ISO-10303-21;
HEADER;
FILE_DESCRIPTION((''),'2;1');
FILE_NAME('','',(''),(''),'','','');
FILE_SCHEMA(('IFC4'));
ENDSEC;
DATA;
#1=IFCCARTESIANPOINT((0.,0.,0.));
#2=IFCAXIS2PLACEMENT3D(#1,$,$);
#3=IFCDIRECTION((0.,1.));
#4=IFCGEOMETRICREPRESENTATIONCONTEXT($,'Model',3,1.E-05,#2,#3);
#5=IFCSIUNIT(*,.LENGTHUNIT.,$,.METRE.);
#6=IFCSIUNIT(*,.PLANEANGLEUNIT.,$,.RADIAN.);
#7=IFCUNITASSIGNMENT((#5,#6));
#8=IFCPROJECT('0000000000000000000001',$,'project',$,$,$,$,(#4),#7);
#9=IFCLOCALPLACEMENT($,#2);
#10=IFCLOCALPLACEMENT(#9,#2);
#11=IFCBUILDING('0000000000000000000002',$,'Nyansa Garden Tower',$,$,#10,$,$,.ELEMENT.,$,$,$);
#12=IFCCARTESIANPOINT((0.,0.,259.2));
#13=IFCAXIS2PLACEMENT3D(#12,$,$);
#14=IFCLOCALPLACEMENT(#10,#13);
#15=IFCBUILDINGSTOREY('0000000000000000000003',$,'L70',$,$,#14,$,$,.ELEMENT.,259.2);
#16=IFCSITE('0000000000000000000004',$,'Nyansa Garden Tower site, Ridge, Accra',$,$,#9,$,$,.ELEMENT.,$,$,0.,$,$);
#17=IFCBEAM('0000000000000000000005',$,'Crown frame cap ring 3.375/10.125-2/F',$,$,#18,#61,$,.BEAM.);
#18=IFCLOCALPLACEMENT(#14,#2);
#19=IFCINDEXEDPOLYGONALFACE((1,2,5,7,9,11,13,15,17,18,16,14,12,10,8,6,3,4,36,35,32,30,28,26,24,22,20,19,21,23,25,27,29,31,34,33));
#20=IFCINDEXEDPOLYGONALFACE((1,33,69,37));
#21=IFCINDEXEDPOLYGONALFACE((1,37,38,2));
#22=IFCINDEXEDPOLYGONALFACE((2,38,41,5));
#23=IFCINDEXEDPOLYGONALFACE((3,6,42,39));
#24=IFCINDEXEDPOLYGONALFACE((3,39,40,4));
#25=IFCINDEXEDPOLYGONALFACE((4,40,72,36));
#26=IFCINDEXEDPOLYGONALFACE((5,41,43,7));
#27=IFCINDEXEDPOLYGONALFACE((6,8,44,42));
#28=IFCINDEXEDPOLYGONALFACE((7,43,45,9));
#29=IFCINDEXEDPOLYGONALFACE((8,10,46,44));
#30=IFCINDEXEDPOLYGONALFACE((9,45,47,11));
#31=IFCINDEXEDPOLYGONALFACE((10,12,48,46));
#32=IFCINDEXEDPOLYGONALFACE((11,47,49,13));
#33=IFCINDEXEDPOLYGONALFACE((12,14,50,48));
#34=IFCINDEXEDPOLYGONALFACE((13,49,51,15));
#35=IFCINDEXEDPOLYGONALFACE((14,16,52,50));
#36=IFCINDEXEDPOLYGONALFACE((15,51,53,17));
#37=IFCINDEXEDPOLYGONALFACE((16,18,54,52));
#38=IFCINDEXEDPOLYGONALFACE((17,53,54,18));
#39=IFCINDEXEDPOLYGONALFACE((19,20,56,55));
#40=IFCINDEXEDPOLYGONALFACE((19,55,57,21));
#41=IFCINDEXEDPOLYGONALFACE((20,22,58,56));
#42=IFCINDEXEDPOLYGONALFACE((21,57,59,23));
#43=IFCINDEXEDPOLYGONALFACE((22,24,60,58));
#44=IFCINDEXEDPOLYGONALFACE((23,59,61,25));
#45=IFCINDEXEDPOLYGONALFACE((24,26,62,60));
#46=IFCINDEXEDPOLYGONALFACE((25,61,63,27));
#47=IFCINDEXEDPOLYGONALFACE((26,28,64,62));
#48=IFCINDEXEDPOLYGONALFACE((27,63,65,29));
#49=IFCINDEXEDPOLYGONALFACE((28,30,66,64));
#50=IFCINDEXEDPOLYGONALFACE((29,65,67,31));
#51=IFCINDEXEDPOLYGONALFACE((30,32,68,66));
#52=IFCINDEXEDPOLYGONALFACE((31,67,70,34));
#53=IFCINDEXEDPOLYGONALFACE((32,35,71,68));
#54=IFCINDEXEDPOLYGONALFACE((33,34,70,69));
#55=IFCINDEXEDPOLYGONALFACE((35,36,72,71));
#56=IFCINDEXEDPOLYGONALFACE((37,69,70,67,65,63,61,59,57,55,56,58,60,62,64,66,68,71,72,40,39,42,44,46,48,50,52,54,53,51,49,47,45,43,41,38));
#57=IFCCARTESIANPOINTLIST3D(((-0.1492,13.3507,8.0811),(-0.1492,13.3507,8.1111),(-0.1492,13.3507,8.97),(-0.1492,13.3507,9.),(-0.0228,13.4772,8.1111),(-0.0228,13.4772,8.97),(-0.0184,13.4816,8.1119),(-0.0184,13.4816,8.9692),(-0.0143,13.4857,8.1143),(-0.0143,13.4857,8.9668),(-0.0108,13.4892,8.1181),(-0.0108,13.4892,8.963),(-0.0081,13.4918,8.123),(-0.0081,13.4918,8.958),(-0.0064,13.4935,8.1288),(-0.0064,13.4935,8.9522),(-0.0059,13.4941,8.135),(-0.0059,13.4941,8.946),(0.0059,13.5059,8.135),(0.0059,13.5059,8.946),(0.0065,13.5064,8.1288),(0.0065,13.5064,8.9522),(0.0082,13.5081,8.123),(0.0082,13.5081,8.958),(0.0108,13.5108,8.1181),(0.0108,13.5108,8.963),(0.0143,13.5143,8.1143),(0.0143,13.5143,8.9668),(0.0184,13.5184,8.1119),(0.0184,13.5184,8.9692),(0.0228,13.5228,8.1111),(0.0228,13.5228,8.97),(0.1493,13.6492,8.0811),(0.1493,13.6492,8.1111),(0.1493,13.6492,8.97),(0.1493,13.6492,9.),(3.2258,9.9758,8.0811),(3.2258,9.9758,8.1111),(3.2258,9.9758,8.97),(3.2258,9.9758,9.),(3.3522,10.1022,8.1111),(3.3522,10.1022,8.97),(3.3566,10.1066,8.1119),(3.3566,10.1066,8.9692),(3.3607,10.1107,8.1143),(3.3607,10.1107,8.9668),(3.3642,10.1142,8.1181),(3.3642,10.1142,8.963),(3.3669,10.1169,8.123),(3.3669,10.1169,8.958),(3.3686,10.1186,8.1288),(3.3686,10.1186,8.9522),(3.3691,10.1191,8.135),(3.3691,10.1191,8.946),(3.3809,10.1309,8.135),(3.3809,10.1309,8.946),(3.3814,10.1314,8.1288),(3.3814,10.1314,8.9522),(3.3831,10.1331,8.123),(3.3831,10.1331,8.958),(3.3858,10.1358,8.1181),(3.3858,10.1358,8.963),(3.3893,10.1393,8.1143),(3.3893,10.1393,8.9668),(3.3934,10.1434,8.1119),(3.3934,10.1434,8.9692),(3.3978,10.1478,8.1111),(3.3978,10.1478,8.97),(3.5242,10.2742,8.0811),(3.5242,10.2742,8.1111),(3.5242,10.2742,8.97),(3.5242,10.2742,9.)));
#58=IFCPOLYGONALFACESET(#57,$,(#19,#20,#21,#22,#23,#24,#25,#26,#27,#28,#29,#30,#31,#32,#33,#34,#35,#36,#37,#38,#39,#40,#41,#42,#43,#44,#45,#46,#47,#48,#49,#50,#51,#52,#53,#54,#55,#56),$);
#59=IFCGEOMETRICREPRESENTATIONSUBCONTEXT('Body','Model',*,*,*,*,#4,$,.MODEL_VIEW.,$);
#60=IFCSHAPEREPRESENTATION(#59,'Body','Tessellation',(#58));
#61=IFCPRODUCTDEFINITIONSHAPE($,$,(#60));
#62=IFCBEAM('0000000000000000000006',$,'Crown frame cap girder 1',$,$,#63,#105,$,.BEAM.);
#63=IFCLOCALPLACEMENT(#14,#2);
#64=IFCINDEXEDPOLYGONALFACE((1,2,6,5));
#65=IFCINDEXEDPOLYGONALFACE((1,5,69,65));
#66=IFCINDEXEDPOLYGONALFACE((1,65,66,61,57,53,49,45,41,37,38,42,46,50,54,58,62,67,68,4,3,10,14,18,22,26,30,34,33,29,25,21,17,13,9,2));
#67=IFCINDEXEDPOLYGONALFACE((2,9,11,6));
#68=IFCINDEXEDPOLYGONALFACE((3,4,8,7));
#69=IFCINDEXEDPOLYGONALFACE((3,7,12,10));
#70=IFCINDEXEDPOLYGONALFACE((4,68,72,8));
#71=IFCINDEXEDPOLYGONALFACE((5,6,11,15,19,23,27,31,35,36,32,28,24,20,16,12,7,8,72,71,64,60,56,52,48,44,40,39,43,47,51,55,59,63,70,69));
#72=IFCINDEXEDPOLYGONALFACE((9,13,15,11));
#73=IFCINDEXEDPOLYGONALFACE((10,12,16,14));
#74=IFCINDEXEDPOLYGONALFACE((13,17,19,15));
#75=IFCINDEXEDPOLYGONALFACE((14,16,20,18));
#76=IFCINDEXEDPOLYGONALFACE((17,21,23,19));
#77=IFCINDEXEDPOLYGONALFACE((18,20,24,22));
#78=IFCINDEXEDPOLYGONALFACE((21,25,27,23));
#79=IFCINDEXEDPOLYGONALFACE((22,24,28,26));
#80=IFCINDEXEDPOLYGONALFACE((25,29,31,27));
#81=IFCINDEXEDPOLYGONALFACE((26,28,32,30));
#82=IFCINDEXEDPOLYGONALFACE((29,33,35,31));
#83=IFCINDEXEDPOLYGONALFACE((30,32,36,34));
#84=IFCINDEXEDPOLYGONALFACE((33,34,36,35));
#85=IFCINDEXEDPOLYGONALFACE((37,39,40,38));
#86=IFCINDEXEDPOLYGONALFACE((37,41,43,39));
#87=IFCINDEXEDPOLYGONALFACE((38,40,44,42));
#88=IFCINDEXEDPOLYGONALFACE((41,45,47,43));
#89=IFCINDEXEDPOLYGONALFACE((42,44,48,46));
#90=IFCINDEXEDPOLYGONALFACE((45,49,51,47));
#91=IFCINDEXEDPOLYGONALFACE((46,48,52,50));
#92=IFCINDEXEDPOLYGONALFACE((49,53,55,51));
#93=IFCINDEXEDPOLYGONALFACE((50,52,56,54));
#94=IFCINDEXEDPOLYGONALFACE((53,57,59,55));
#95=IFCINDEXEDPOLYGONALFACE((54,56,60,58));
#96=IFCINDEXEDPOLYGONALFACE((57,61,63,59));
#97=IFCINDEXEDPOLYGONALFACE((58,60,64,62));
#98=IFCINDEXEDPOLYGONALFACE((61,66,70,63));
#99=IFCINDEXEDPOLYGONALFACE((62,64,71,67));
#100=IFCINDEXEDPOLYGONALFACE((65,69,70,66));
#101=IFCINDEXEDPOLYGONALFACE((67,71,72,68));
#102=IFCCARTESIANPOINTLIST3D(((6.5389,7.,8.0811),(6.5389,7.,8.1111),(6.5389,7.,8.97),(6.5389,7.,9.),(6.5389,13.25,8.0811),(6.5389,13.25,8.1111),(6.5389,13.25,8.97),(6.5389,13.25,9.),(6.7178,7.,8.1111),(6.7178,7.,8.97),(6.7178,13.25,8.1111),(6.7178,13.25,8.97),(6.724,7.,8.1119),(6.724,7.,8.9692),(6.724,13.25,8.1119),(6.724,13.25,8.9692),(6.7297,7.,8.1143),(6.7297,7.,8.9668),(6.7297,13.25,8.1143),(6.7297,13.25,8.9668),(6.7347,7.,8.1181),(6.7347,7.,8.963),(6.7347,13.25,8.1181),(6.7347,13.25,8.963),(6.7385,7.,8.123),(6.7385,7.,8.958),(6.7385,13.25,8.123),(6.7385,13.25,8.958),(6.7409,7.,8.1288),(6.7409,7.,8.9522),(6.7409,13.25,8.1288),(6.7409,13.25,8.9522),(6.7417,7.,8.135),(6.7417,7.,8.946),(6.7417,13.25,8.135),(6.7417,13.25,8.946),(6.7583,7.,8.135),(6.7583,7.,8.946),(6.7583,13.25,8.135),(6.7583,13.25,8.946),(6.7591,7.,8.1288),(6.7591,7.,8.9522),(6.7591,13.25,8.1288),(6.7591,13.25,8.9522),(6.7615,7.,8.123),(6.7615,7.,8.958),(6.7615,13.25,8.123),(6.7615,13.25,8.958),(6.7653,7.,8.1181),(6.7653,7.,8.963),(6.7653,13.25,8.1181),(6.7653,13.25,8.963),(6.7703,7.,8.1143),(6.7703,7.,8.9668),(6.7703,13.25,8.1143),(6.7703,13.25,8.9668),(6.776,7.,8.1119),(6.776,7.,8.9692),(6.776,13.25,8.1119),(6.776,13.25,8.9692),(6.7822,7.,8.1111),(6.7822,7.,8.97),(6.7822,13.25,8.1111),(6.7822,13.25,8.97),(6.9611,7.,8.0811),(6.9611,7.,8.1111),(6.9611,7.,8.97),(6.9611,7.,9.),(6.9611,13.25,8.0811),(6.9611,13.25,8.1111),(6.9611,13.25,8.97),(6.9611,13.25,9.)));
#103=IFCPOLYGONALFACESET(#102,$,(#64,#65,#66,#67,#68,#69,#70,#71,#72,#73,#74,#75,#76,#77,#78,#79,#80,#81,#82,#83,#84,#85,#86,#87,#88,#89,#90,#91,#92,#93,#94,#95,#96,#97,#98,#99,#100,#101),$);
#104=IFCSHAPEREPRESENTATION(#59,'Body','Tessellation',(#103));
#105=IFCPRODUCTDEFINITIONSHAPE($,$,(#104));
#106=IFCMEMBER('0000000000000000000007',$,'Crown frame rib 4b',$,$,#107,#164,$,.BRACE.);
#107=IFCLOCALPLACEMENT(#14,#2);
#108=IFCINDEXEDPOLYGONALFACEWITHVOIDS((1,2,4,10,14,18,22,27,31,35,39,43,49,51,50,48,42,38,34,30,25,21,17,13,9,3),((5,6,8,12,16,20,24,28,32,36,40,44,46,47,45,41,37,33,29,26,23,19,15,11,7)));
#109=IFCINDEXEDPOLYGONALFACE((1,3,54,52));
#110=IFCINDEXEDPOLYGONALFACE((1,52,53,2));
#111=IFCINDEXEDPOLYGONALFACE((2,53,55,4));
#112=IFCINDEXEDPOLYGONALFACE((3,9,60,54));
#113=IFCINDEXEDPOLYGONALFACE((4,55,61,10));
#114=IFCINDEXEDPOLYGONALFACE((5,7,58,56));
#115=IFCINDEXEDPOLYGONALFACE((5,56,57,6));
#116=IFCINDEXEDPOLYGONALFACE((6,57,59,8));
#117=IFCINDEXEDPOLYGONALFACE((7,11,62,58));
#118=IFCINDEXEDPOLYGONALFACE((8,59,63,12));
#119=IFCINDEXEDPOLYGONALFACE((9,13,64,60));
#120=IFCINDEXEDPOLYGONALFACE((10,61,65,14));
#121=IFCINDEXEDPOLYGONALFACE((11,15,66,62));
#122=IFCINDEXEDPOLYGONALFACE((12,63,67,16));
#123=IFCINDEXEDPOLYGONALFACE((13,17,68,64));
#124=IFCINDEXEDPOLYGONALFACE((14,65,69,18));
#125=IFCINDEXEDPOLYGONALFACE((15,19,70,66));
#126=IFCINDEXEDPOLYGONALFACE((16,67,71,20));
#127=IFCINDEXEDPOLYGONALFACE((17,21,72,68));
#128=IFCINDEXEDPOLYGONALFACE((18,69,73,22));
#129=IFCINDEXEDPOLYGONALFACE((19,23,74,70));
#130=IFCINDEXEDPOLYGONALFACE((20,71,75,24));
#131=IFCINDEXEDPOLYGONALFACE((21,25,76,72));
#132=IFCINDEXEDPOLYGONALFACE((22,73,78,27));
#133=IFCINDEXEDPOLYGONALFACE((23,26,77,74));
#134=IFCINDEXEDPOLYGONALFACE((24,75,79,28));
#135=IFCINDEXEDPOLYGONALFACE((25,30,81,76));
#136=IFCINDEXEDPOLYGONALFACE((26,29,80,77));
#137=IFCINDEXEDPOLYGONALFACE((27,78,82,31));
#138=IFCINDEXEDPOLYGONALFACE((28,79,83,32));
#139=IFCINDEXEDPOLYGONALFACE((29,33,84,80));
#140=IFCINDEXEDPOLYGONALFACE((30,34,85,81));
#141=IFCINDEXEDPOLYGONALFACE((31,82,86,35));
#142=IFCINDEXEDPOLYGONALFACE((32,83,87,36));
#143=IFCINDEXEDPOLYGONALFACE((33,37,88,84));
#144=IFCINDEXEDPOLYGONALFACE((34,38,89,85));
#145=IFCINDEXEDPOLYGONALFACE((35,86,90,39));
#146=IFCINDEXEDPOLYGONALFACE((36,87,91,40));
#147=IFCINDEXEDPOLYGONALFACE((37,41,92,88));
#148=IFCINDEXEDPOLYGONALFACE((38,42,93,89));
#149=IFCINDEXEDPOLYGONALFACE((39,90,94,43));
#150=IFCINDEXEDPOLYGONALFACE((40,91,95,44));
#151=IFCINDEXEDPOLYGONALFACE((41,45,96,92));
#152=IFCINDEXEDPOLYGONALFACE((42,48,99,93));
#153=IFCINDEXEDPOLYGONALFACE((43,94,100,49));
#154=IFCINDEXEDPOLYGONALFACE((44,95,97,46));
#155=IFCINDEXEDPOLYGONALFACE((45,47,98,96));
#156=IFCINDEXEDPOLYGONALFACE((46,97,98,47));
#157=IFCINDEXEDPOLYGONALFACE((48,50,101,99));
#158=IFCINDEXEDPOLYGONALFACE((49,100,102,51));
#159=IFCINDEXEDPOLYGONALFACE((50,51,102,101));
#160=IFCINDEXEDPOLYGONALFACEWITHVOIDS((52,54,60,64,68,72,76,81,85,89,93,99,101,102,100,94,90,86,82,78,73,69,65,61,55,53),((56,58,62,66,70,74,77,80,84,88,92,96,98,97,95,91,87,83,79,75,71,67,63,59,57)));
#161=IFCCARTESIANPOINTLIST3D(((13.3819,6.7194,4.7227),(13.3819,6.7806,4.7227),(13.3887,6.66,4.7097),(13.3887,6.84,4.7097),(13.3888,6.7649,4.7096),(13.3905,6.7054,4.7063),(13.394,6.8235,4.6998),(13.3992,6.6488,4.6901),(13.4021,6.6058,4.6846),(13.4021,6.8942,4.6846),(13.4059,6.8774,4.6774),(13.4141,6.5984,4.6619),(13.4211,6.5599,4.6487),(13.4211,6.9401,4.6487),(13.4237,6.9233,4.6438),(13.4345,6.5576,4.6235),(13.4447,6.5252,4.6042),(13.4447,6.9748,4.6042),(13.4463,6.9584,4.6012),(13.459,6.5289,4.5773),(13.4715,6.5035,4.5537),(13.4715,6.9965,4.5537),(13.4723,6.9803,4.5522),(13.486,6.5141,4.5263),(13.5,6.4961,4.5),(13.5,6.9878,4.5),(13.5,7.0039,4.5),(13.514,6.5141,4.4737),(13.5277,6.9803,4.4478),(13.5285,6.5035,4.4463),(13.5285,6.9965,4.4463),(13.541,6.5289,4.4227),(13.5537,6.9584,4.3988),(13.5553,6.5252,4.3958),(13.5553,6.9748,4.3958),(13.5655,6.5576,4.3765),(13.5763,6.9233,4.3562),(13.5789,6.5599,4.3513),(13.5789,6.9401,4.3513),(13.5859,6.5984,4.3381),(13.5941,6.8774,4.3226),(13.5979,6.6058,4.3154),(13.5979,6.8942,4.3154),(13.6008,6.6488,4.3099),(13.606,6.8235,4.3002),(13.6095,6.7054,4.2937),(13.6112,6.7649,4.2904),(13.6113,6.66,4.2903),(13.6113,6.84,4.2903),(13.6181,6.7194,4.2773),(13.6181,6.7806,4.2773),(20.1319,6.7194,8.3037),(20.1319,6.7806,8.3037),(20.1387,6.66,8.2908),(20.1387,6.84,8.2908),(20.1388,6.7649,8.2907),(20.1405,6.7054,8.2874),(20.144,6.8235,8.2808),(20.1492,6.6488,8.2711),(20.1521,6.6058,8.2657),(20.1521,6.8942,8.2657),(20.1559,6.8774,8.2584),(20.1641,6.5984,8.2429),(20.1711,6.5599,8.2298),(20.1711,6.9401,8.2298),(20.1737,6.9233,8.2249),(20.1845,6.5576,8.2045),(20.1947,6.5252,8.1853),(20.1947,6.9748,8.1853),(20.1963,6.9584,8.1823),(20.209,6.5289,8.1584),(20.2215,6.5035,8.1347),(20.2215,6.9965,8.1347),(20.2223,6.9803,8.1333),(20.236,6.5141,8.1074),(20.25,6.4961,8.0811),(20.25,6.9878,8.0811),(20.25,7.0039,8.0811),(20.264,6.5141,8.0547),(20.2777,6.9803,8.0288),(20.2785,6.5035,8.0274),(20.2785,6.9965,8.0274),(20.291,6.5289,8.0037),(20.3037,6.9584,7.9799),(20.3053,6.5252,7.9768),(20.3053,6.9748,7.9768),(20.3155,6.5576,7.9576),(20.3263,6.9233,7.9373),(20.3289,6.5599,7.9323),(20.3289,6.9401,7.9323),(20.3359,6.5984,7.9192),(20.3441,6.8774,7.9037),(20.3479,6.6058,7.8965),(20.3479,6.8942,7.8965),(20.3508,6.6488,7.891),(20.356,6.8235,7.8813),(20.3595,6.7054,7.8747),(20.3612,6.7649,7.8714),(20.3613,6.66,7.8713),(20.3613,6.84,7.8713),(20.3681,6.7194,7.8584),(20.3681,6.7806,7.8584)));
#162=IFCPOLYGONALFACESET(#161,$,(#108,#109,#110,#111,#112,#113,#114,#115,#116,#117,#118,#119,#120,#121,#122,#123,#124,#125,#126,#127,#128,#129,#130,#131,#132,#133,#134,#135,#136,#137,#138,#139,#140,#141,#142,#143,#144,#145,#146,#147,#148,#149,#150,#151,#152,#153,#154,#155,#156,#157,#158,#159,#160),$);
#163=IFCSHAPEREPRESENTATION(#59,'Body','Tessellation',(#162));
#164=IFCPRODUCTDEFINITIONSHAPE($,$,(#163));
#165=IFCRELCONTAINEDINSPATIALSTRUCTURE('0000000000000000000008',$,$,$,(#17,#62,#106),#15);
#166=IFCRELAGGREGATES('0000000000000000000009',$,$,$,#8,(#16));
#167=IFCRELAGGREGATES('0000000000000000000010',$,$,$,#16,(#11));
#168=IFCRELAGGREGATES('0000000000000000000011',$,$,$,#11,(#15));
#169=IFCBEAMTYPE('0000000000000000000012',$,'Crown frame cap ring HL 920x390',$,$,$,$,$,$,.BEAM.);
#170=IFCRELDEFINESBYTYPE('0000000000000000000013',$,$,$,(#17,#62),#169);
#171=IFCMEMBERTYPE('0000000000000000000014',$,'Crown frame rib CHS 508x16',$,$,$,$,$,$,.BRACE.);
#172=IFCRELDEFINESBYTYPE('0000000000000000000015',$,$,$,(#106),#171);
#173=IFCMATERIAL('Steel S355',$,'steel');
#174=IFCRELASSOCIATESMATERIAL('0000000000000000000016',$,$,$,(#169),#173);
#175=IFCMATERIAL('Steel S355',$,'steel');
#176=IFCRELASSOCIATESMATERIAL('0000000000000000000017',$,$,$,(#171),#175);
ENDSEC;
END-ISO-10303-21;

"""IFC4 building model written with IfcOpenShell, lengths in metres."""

from ifc_helpers import new_model, si_unit, direction, frame, origin, origin_2d, place, context, subcontext, project, spatial, hollow_circle, i_section, extrude, material, material_profile, profile_set, type_object, element, save


model = new_model("IFC4")

# Units and contexts
model_context = context("Model", 3, precision=1e-05, world=origin(), true_north=direction((0.0, 1.0)))
body_context = subcontext(model_context, "Body", "Model", "MODEL_VIEW")
ifc_project = project(units=[si_unit("LENGTHUNIT", "METRE"), si_unit("PLANEANGLEUNIT", "RADIAN")], contexts=[model_context])

# Site, building, storey
site_placement = place(None, origin())
site = spatial("IfcSite", under=ifc_project, at=site_placement, Name="Nyansa Garden Tower site, Ridge, Accra", CompositionType="ELEMENT", RefElevation=0.0)
building_placement = place(site_placement, origin())
building = spatial("IfcBuilding", under=site, at=building_placement, Name="Nyansa Garden Tower", CompositionType="ELEMENT")
storey_placement = place(building_placement, frame((0.0, 0.0, 259.2)))
storey = spatial("IfcBuildingStorey", under=building, at=storey_placement, Name="L70", CompositionType="ELEMENT", Elevation=259.2)

# Beams
ifc_material_1 = material(Name="Steel S355", Category="steel")
ifc_material_profile_1 = material_profile(ifc_material_1, i_section(OverallWidth=0.4221, OverallDepth=0.9189, WebThickness=0.0166, FlangeThickness=0.03, FilletRadius=0.0239, at=origin_2d()), Name="HL 920x390")
ifc_profile_set_1 = profile_set([ifc_material_profile_1], Name="Steel S355")
beam_type_1 = type_object("IfcBeamType", Name="Crown frame cap ring HL 920x390", PredefinedType="BEAM", material=ifc_profile_set_1)
for number, where, z_axis, x_axis, name in (
    (1, (3.375, 10.125, 8.5405), (-0.707107, 0.707107, 0.0), (-0.707107, -0.707107, 0.0), "Crown frame cap ring 3.375/10.125-2/F"),
):
    element("IfcBeam", number, at=place(storey_placement, frame(where, z_axis=z_axis, x_axis=x_axis)), inside=storey, type_object=beam_type_1, Name=name, PredefinedType="BEAM", context=body_context, shape_type="SweptSolid", body=[
        extrude(i_section(OverallWidth=0.4221, OverallDepth=0.9189, WebThickness=0.0166, FlangeThickness=0.03, FilletRadius=0.0239, at=origin_2d()), origin(), (0.0, 0.0, 1.0), 4.7729),
    ])
beam_1_placement = place(storey_placement, frame((6.75, 7.0, 8.5405), z_axis=(0.0, 1.0, 0.0), x_axis=(-1.0, 0.0, 0.0)))
element("IfcBeam", 2, at=beam_1_placement, inside=storey, type_object=beam_type_1, Name="Crown frame cap girder 1", PredefinedType="BEAM", context=body_context, shape_type="SweptSolid", body=[
    extrude(i_section(OverallWidth=0.4221, OverallDepth=0.9189, WebThickness=0.0166, FlangeThickness=0.03, FilletRadius=0.0239, at=origin_2d()), origin(), (0.0, 0.0, 1.0), 6.25),
])

# Member
ifc_material_2 = material(Name="Steel S355", Category="steel")
ifc_material_profile_2 = material_profile(ifc_material_2, hollow_circle(Radius=0.2539, WallThickness=0.0161, at=origin_2d()), Name="CHS 508x16")
ifc_profile_set_2 = profile_set([ifc_material_profile_2], Name="Steel S355")
member_type = type_object("IfcMemberType", Name="Crown frame rib CHS 508x16", PredefinedType="BRACE", material=ifc_profile_set_2)
member_1_placement = place(storey_placement, frame((13.5, 6.75, 4.5), z_axis=(0.88338, 0.0, 0.468657), x_axis=(0.0, 1.0, 0.0)))
element("IfcMember", 3, at=member_1_placement, inside=storey, type_object=member_type, Name="Crown frame rib 4b", PredefinedType="BRACE", context=body_context, shape_type="SweptSolid", body=[
    extrude(hollow_circle(Radius=0.2539, WallThickness=0.0161, at=origin_2d()), origin(), (0.0, 0.0, 1.0), 7.6411),
])

save(model, "model.ifc")
